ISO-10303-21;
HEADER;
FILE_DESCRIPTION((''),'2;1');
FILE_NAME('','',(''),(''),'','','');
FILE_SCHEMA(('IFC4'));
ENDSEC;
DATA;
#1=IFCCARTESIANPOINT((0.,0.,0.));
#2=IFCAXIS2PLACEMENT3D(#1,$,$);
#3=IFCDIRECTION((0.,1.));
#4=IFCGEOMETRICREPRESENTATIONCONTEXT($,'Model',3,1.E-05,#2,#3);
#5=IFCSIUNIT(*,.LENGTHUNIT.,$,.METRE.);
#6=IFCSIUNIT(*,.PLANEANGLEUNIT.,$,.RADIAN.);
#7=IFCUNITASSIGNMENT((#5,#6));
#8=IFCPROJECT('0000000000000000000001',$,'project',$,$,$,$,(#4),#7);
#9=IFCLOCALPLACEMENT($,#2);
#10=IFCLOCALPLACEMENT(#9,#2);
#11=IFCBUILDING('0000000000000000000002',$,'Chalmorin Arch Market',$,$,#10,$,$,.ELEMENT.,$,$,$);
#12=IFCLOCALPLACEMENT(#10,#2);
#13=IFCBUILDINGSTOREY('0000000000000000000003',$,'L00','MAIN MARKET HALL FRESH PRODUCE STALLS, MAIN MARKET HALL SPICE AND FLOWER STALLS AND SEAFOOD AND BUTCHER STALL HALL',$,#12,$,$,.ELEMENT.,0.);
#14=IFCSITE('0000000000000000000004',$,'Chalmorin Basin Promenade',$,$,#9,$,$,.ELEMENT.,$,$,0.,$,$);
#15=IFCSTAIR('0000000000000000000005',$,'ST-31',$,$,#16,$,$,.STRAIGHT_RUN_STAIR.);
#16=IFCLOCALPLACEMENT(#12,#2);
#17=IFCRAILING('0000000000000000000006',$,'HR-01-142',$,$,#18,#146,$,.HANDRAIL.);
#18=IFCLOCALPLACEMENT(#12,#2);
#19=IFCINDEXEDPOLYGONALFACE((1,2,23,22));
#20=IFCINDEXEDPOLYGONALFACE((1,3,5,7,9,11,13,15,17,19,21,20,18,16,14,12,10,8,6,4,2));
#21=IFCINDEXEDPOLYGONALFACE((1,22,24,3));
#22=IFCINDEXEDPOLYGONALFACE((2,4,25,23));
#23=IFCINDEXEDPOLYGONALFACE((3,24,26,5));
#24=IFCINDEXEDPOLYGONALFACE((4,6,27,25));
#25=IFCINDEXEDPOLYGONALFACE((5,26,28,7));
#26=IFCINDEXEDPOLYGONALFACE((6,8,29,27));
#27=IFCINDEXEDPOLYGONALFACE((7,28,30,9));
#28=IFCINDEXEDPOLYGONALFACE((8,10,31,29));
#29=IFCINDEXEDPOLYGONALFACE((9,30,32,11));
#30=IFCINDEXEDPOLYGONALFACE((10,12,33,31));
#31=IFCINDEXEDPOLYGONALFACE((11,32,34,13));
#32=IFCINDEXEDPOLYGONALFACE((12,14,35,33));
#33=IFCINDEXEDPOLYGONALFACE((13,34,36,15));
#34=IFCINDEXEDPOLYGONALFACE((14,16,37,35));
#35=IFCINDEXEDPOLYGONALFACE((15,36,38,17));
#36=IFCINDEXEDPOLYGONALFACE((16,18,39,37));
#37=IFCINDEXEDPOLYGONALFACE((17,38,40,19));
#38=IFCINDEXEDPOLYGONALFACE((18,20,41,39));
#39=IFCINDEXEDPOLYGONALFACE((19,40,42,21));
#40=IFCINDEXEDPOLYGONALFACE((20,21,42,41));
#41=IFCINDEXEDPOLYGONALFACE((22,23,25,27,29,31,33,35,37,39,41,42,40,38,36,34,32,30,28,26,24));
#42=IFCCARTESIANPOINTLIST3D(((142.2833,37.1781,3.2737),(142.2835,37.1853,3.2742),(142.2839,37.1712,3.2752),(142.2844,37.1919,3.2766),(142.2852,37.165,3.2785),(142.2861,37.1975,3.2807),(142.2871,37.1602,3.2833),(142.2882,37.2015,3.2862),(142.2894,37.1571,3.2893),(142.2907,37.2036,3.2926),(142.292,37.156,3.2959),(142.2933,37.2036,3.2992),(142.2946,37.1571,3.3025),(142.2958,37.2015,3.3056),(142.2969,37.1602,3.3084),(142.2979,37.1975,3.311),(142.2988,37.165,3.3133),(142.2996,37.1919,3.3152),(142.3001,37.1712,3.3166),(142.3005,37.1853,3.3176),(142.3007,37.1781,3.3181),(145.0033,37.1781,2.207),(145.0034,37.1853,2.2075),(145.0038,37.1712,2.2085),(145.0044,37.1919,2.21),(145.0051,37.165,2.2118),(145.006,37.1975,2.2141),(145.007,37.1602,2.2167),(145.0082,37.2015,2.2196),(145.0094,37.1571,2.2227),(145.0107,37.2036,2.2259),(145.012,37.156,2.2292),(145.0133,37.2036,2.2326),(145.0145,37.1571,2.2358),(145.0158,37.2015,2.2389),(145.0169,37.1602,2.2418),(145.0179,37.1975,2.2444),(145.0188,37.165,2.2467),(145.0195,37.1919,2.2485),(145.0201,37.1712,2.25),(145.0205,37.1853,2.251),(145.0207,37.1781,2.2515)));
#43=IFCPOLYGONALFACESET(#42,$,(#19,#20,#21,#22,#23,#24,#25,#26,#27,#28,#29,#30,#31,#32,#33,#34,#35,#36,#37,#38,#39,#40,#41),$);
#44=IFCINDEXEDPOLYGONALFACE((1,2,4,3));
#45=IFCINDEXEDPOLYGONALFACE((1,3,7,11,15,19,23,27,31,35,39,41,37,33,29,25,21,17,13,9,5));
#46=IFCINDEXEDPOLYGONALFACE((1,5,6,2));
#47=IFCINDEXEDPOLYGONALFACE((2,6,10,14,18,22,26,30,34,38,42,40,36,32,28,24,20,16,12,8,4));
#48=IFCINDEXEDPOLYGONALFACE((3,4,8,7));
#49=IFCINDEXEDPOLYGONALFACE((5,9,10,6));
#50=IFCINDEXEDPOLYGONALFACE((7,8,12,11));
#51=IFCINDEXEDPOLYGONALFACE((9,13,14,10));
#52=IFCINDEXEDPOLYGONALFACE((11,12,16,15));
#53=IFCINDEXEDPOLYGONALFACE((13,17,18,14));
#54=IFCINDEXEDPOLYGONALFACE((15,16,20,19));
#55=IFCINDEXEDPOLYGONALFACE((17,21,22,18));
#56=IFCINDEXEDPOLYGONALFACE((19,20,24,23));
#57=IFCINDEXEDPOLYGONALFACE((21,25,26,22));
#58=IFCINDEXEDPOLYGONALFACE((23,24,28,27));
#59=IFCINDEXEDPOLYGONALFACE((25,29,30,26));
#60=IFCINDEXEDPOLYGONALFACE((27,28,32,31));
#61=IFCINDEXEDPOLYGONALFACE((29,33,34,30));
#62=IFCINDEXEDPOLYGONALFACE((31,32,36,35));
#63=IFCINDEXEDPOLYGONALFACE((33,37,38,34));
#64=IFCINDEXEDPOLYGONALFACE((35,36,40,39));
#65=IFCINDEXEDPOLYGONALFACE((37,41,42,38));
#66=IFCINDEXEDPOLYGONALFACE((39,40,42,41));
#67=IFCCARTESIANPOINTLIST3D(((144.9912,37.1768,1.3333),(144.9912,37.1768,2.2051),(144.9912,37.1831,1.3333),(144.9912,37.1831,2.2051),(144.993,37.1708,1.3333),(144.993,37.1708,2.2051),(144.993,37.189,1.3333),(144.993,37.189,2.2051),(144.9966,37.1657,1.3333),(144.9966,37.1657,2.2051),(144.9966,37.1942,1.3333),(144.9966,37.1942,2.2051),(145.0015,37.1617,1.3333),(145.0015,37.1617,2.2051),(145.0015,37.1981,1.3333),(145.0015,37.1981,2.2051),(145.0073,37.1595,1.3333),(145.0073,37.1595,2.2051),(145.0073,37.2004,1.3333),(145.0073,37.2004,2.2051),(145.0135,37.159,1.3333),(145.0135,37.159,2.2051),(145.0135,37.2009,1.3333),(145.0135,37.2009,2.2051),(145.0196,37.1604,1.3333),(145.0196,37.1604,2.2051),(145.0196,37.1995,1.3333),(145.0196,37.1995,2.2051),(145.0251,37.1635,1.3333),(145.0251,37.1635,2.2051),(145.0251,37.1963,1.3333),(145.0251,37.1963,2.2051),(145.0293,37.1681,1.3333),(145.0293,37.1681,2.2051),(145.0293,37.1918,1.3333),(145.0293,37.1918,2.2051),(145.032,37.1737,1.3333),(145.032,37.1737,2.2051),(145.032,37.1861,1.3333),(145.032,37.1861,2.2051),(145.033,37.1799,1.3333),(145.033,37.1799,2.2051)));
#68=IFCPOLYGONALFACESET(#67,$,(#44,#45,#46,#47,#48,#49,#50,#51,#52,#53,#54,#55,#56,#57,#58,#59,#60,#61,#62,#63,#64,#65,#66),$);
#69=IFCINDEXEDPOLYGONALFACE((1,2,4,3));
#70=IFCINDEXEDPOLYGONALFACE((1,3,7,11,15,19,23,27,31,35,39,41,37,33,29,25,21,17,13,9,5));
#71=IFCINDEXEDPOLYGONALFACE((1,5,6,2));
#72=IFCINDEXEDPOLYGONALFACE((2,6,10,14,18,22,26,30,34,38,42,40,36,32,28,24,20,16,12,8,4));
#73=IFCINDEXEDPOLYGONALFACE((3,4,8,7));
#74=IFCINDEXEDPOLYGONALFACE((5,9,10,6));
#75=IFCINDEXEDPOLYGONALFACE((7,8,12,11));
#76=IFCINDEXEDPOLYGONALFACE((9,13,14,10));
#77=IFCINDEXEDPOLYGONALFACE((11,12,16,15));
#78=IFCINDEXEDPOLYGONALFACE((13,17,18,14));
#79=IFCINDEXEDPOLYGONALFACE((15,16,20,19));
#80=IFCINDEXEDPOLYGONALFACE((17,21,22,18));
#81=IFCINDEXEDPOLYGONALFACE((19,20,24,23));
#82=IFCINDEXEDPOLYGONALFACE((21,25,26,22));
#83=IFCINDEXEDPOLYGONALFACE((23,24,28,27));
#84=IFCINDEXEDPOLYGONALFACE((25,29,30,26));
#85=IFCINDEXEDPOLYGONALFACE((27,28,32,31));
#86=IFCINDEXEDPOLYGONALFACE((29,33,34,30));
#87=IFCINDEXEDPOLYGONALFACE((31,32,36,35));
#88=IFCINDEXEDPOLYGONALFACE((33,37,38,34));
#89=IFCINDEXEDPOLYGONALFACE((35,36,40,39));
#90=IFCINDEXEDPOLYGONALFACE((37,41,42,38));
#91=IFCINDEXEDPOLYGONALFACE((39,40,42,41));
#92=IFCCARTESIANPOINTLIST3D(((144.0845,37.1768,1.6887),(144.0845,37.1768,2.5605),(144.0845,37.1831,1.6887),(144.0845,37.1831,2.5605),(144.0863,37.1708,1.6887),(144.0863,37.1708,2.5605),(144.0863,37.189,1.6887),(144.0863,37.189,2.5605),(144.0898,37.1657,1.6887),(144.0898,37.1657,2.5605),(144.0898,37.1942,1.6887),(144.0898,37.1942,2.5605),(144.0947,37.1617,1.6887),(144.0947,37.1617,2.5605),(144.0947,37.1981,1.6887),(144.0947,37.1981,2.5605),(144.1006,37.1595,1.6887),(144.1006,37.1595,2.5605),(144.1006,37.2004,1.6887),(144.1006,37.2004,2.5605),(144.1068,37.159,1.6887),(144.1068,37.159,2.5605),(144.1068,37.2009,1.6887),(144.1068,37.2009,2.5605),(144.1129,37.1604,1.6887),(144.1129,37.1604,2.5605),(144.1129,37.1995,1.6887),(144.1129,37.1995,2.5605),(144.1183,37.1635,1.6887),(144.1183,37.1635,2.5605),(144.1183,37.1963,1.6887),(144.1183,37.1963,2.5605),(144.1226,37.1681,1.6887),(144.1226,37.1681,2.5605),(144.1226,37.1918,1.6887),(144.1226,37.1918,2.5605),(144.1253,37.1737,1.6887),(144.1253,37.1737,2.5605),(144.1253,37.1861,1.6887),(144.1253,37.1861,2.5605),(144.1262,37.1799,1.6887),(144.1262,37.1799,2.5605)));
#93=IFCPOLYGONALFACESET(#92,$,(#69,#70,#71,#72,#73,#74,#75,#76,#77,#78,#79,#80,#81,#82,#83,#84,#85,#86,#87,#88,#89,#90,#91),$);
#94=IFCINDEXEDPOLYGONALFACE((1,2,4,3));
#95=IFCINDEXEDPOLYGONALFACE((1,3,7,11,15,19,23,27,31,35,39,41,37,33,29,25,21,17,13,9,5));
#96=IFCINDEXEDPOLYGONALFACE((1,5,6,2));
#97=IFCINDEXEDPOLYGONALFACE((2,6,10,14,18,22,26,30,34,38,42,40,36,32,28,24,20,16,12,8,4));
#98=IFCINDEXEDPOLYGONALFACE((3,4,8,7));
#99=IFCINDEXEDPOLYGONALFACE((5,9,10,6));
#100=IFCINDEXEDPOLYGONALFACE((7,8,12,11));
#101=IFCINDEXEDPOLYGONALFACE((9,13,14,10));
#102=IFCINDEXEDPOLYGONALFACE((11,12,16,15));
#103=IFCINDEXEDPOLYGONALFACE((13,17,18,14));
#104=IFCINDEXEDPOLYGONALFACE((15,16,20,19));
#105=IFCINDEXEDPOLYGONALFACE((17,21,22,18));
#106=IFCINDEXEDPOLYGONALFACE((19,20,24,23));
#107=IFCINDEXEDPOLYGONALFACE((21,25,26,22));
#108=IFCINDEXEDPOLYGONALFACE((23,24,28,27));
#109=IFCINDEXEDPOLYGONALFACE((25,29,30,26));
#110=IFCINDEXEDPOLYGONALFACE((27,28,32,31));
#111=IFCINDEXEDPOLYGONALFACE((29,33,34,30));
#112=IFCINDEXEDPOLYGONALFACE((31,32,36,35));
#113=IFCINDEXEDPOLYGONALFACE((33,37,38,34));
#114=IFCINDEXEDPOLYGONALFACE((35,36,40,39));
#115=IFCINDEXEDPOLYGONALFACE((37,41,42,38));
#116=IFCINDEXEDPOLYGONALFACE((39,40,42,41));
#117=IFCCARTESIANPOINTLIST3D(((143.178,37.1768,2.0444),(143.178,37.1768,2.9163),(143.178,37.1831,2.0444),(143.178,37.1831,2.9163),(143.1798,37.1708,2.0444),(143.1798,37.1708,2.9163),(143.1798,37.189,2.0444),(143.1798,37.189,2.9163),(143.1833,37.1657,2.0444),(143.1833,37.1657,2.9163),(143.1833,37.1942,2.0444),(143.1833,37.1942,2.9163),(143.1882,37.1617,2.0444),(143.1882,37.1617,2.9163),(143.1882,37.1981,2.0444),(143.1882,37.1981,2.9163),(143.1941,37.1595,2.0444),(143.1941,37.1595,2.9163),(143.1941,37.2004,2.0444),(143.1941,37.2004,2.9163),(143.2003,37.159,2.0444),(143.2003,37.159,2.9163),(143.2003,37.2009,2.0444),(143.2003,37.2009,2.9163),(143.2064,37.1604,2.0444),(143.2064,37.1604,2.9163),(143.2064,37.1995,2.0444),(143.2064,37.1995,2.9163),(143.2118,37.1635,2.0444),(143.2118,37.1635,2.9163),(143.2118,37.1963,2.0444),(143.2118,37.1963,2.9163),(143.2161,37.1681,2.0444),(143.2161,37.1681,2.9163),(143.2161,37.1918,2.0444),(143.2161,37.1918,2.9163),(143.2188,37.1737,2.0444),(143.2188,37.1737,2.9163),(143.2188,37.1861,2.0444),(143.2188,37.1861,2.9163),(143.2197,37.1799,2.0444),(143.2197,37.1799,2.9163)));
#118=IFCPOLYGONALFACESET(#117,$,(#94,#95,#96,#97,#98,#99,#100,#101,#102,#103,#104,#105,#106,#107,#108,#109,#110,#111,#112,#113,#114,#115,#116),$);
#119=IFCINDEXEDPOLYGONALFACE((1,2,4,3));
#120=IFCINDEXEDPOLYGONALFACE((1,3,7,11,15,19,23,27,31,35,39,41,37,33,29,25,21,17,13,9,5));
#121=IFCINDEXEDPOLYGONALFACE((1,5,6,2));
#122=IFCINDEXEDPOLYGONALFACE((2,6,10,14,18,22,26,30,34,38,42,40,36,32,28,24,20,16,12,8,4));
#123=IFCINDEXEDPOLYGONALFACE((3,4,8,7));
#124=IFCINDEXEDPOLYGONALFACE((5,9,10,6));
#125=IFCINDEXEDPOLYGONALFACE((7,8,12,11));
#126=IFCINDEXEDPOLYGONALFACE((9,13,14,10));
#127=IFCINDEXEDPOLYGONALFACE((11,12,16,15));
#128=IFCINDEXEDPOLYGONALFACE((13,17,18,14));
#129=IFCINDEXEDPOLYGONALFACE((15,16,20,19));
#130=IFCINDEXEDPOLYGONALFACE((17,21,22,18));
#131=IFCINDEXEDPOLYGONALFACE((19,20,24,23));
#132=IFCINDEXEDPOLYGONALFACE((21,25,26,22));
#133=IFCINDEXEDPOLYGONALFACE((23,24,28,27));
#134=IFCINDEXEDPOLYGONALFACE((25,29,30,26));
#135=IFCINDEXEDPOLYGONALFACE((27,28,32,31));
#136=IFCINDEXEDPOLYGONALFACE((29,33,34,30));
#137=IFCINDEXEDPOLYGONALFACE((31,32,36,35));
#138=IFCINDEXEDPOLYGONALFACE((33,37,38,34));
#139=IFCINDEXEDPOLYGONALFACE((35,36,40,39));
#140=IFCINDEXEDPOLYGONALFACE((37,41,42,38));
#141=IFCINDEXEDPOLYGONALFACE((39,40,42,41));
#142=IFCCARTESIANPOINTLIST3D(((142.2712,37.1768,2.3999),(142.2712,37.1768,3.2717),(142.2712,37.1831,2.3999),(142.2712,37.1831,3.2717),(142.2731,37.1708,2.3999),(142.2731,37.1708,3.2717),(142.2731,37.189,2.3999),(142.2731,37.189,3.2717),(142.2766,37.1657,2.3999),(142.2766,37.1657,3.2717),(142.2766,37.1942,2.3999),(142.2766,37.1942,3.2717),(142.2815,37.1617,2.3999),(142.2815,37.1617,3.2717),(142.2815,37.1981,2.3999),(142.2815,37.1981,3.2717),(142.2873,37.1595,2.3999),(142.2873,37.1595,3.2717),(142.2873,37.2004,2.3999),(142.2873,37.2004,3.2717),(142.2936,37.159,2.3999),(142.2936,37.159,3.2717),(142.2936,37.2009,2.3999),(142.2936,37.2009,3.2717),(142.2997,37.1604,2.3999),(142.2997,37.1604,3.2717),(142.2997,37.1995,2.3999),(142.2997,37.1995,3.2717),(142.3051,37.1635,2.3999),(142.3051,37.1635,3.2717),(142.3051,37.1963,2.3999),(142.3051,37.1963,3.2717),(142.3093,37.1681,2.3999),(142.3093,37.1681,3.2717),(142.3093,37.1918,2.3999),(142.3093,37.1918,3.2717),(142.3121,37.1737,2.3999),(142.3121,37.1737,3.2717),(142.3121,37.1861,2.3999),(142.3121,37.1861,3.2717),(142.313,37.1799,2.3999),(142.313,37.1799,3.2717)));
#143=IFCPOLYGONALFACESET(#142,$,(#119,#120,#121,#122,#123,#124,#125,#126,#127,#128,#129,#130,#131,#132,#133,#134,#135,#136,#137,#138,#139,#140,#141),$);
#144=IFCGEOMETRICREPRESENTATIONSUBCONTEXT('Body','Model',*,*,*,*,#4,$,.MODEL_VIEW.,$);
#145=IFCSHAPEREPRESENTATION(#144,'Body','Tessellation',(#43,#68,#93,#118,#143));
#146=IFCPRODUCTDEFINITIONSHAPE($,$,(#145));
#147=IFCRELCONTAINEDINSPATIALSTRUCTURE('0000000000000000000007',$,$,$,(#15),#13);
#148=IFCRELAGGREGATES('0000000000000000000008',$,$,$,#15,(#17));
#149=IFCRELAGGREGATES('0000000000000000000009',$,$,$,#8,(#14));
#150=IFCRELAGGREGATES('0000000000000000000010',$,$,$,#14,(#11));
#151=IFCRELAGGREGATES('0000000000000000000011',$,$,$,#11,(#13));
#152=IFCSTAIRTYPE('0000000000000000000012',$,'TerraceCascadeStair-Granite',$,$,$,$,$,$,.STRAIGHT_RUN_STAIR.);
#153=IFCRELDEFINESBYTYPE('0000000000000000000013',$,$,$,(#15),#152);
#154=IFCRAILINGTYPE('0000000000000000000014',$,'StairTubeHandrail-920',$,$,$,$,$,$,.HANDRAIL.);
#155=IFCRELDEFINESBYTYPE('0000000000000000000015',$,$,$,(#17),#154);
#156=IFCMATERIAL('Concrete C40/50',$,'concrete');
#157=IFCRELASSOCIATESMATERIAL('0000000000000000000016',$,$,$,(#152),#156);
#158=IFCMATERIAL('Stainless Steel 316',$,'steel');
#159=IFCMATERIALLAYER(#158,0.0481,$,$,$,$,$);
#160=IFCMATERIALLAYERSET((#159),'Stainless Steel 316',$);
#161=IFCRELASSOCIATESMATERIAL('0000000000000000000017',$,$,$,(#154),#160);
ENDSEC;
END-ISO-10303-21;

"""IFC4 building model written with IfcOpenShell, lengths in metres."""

from ifc_helpers import new_model, si_unit, direction, frame, origin, origin_2d, place, context, subcontext, project, spatial, circle, extrude, material, layer, layer_set, type_object, element, aggregate, save


model = new_model("IFC4")

# Units and contexts
model_context = context("Model", 3, precision=1e-05, world=origin(), true_north=direction((0.0, 1.0)))
body_context = subcontext(model_context, "Body", "Model", "MODEL_VIEW")
ifc_project = project(units=[si_unit("LENGTHUNIT", "METRE"), si_unit("PLANEANGLEUNIT", "RADIAN")], contexts=[model_context])

# Site, building, storey
site_placement = place(None, origin())
site = spatial("IfcSite", under=ifc_project, at=site_placement, Name="Chalmorin Basin Promenade", CompositionType="ELEMENT", RefElevation=0.0)
building_placement = place(site_placement, origin())
building = spatial("IfcBuilding", under=site, at=building_placement, Name="Chalmorin Arch Market", CompositionType="ELEMENT")
storey_placement = place(building_placement, origin())
storey = spatial("IfcBuildingStorey", under=building, at=storey_placement, Name="L00", Description="MAIN MARKET HALL FRESH PRODUCE STALLS, MAIN MARKET HALL SPICE AND FLOWER STALLS AND SEAFOOD AND BUTCHER STALL HALL", CompositionType="ELEMENT", Elevation=0.0)

# Shared definitions
ifc_material_1 = material(Name="Concrete C40/50", Category="concrete")

# Stair
stair_type = type_object("IfcStairType", Name="TerraceCascadeStair-Granite", PredefinedType="STRAIGHT_RUN_STAIR", material=ifc_material_1)
stair_1_placement = place(storey_placement, origin())
stair_1 = element("IfcStair", 1, at=stair_1_placement, inside=storey, type_object=stair_type, Name="ST-31", PredefinedType="STRAIGHT_RUN_STAIR")

# Railing
ifc_material_2 = material(Name="Stainless Steel 316", Category="steel")
ifc_layer_1 = layer(ifc_material_2, 0.0481)
ifc_layer_set_1 = layer_set([ifc_layer_1], Name="Stainless Steel 316")
railing_type_1 = type_object("IfcRailingType", Name="StairTubeHandrail-920", PredefinedType="HANDRAIL", material=ifc_layer_set_1)
railing_1_placement = place(storey_placement, frame((145.012, 37.1799, 1.3333)))
railing_1 = element("IfcRailing", 2, at=railing_1_placement, type_object=railing_type_1, Name="HR-01-142", PredefinedType="HANDRAIL", context=body_context, shape_type="SweptSolid", body=[
    extrude(circle(Radius=0.0239, at=origin_2d()), frame((0.0, 0.0, 0.896), z_axis=(-0.930974, 0.0, 0.365086), x_axis=(0.0, -1.0, 0.0)), (0.0, 0.0, 1.0), 2.9216),
    extrude(circle(Radius=0.021, at=origin_2d()), origin(), (0.0, 0.0, 1.0), 0.8718),
    extrude(circle(Radius=0.021, at=origin_2d()), frame((-0.9067, 0.0, 0.3555)), (0.0, 0.0, 1.0), 0.8718),
    extrude(circle(Radius=0.021, at=origin_2d()), frame((-1.8132, 0.0, 0.7112)), (0.0, 0.0, 1.0), 0.8718),
    extrude(circle(Radius=0.021, at=origin_2d()), frame((-2.72, 0.0, 1.0667)), (0.0, 0.0, 1.0), 0.8718),
])
aggregate(stair_1, [railing_1])

save(model, "model.ifc")
